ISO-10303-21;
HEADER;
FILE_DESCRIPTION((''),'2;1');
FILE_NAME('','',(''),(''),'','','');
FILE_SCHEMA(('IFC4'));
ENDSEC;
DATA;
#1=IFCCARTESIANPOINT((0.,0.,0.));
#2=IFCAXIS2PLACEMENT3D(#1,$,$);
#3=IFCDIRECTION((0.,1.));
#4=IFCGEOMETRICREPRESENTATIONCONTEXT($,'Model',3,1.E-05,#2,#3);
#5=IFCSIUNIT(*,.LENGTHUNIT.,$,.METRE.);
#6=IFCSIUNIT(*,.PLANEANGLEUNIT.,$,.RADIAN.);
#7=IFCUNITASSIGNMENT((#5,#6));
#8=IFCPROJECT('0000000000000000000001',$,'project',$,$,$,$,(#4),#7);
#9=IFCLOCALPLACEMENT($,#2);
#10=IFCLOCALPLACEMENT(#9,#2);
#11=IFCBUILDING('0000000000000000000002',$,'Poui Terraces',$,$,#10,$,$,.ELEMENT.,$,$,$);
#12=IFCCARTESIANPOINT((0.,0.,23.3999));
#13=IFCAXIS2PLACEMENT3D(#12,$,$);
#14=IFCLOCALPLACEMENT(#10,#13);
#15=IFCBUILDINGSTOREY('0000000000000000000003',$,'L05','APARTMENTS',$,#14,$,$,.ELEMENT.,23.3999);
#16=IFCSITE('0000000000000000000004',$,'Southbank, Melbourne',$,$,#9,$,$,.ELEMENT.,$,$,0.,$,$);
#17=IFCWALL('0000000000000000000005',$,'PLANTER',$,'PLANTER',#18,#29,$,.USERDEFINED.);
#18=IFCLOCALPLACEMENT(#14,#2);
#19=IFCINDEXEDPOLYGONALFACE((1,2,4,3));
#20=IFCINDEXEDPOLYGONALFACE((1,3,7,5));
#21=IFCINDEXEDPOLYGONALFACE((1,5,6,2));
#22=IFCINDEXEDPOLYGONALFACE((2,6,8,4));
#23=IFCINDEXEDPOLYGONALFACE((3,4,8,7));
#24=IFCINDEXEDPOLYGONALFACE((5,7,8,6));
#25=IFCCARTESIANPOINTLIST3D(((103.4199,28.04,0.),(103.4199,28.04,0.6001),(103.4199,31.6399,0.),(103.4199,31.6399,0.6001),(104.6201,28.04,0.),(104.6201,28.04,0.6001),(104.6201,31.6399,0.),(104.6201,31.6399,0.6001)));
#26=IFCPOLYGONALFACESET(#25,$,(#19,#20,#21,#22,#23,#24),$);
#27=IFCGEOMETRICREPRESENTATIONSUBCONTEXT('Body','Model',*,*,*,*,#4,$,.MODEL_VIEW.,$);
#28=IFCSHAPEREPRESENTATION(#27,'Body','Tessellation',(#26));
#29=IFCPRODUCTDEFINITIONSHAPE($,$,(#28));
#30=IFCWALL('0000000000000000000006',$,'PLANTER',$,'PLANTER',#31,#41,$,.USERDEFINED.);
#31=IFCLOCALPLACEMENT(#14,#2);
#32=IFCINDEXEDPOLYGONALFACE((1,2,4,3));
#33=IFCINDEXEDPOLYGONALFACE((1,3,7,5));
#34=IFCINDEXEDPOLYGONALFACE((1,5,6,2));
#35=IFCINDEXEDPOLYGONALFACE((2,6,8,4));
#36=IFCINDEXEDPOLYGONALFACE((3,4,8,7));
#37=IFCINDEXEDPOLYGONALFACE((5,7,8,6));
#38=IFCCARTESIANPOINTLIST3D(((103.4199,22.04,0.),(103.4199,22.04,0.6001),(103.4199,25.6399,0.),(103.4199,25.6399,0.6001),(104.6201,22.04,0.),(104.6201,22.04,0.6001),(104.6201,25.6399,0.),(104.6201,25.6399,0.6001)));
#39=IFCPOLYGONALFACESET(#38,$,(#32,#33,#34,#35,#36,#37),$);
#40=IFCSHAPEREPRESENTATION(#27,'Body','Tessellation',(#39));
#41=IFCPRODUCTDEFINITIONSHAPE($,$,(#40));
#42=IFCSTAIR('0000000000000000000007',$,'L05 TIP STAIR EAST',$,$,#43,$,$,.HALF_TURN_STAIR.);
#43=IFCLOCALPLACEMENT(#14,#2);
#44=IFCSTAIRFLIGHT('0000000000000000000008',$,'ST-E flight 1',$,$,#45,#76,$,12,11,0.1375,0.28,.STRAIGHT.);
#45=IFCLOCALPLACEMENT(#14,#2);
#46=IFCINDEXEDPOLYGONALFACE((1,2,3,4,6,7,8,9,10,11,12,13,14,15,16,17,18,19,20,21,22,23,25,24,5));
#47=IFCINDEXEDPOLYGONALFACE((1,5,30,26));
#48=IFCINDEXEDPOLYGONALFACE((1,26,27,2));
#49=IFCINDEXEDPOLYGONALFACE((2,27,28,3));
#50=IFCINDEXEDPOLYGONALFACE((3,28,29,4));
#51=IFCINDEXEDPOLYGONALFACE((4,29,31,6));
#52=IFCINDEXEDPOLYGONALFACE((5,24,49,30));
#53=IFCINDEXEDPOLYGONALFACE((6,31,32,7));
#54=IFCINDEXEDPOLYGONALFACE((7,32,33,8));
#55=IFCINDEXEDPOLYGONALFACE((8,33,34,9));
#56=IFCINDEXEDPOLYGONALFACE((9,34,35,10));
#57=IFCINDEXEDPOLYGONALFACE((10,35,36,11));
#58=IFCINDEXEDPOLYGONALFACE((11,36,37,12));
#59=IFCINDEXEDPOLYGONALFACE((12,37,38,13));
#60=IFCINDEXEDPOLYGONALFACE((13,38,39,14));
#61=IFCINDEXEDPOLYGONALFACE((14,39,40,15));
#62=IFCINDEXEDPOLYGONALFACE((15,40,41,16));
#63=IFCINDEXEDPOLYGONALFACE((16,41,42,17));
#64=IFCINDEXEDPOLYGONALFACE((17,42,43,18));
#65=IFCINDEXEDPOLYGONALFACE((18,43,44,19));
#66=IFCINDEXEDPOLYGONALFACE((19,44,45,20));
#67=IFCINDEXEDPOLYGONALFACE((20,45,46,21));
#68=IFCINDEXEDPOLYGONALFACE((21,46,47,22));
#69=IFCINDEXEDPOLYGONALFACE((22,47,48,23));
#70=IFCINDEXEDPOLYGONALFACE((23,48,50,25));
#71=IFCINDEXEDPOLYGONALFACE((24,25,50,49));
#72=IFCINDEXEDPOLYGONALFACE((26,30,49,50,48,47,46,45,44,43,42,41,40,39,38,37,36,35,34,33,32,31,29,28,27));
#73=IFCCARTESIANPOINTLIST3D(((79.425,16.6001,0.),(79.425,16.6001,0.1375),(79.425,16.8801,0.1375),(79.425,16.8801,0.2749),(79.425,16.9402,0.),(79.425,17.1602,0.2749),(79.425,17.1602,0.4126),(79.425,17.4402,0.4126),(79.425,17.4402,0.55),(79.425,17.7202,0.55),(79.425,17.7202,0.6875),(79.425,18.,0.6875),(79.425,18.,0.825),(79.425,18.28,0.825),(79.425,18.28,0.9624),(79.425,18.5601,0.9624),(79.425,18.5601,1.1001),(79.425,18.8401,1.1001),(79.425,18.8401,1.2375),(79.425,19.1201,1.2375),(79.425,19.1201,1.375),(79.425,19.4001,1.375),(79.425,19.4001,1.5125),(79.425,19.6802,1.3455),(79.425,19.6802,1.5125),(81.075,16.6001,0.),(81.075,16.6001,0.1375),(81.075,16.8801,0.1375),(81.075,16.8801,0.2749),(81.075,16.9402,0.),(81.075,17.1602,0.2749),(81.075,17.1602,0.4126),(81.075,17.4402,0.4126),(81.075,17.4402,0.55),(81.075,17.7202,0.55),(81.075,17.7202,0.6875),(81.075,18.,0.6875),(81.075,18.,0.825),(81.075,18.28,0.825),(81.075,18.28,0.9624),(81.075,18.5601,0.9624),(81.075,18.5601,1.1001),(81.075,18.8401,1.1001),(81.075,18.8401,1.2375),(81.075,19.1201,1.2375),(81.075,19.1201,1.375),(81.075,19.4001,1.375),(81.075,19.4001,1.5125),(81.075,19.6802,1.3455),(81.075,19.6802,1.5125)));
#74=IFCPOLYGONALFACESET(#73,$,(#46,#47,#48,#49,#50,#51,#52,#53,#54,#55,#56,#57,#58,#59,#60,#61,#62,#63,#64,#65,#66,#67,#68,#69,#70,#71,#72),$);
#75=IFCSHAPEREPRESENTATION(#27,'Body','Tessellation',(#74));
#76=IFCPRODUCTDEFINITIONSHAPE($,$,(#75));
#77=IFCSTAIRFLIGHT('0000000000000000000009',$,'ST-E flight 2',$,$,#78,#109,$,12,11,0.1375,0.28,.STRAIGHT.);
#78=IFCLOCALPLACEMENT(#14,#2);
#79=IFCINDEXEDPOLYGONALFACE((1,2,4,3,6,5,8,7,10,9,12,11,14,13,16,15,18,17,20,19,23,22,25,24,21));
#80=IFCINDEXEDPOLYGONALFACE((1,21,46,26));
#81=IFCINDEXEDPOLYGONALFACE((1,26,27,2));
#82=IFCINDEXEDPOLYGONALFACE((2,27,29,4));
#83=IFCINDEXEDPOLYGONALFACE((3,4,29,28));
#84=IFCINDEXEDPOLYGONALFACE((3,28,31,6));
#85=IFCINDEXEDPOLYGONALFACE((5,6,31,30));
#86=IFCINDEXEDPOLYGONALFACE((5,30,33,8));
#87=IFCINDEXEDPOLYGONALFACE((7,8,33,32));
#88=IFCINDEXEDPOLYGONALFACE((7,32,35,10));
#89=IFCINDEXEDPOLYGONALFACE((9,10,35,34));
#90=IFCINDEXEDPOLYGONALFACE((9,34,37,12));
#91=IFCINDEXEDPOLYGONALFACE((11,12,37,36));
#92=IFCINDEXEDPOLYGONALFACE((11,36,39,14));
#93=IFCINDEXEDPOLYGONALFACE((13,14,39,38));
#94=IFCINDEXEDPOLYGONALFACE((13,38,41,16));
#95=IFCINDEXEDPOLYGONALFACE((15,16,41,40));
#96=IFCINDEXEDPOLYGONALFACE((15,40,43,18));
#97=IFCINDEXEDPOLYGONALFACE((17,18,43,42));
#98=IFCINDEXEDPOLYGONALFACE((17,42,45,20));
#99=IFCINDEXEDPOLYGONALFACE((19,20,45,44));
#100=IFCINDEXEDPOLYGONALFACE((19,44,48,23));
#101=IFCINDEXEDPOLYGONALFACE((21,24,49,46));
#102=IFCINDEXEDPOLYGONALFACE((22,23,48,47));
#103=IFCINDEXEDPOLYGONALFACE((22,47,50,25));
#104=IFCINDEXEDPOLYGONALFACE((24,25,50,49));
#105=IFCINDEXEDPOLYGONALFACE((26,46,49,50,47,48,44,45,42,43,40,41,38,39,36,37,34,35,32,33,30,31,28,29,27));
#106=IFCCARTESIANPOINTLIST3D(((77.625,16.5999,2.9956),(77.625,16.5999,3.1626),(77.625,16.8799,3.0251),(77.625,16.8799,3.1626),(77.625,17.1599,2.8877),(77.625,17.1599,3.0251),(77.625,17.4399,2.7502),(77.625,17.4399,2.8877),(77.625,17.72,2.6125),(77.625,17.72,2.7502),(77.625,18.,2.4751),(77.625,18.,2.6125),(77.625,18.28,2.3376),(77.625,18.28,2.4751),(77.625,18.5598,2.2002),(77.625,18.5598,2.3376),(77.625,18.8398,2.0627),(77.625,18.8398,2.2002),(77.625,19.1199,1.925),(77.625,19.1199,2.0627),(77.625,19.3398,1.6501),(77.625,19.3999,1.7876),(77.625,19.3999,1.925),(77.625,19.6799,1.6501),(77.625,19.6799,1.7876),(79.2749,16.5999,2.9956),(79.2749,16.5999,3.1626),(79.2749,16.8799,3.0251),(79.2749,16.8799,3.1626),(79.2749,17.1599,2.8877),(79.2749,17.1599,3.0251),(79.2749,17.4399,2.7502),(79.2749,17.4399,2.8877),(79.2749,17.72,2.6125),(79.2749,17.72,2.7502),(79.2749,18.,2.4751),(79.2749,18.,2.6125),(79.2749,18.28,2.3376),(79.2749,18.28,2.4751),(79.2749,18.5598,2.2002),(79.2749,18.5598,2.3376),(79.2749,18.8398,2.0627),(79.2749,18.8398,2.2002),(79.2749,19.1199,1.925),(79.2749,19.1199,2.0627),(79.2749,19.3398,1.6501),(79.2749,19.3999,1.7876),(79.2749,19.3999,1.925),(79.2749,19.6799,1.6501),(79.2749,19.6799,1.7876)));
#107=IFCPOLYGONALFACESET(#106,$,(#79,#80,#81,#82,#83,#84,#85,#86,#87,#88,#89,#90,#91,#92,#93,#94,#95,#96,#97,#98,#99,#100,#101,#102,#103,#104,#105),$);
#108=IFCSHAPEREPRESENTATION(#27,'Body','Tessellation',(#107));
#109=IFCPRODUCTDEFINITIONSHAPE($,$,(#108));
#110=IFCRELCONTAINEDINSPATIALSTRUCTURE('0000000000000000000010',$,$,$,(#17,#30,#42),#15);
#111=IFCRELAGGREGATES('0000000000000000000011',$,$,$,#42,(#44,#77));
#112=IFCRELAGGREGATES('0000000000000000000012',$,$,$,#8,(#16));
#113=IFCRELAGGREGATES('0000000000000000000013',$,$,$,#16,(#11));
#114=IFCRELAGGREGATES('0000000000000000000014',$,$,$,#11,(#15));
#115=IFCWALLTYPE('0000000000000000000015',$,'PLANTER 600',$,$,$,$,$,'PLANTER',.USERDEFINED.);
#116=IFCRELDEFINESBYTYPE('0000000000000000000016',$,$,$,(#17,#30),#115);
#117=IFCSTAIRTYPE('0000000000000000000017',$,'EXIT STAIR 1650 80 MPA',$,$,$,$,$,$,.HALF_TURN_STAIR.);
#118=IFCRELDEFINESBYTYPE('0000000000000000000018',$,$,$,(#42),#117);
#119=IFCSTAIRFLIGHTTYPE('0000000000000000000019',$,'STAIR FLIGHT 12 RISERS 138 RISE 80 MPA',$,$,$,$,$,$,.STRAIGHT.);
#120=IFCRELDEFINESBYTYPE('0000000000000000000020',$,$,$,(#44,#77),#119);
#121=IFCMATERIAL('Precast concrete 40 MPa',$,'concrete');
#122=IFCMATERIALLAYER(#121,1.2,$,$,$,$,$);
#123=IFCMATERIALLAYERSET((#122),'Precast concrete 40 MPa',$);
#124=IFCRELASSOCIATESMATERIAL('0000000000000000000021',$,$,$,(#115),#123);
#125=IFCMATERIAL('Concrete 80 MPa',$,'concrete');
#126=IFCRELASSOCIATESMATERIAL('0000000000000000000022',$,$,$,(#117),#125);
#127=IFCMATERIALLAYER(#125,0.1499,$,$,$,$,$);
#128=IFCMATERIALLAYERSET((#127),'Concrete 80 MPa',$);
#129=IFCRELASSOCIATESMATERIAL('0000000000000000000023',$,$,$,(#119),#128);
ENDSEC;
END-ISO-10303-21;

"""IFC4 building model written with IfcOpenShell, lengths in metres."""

from ifc_helpers import new_model, si_unit, direction, frame, origin, place, context, subcontext, project, spatial, polyline, outline, extrude, source, transform, mapped, material, layer, layer_set, type_object, element, aggregate, save


model = new_model("IFC4")

# Units and contexts
model_context = context("Model", 3, precision=1e-05, world=origin(), true_north=direction((0.0, 1.0)))
body_context = subcontext(model_context, "Body", "Model", "MODEL_VIEW")
ifc_project = project(units=[si_unit("LENGTHUNIT", "METRE"), si_unit("PLANEANGLEUNIT", "RADIAN")], contexts=[model_context])

# Site, building, storey
site_placement = place(None, origin())
site = spatial("IfcSite", under=ifc_project, at=site_placement, Name="Southbank, Melbourne", CompositionType="ELEMENT", RefElevation=0.0)
building_placement = place(site_placement, origin())
building = spatial("IfcBuilding", under=site, at=building_placement, Name="Poui Terraces", CompositionType="ELEMENT")
storey_placement = place(building_placement, frame((0.0, 0.0, 23.3999)))
storey = spatial("IfcBuildingStorey", under=building, at=storey_placement, Name="L05", Description="APARTMENTS", CompositionType="ELEMENT", Elevation=23.3999)

# Shared definitions
ifc_material_1 = material(Name="Concrete 80 MPa", Category="concrete")

# Walls
ifc_material_2 = material(Name="Precast concrete 40 MPa", Category="concrete")
ifc_layer_1 = layer(ifc_material_2, 1.2)
ifc_layer_set_1 = layer_set([ifc_layer_1], Name="Precast concrete 40 MPa")
wall_type_1 = type_object("IfcWallType", Name="PLANTER 600", ElementType="PLANTER", PredefinedType="USERDEFINED", material=ifc_layer_set_1)
shared_shape_1 = source(origin(), body_context, "Body", "SweptSolid", [
    extrude(outline(polyline([(0.0, 0.0), (1.2002, 0.0), (1.2002, 3.5999), (0.0, 3.5999), (0.0, 0.0)])), origin(), (0.0, 0.0, 1.0), 0.6001),
])
for number, where, name in (
    (1, (103.4199, 28.04, 0.0), "PLANTER"),
    (2, (103.4199, 22.04, 0.0), "PLANTER"),
):
    element("IfcWall", number, at=place(storey_placement, frame(where)), inside=storey, type_object=wall_type_1, Name=name, ObjectType="PLANTER", PredefinedType="USERDEFINED", context=body_context, shape_type="MappedRepresentation", body=[
        mapped(shared_shape_1, transform((0.0, 0.0, 0.0))),
    ])

# Stair, stair flights
stair_type = type_object("IfcStairType", Name="EXIT STAIR 1650 80 MPA", PredefinedType="HALF_TURN_STAIR", material=ifc_material_1)
stair_placement = place(storey_placement, origin())
stair = element("IfcStair", 3, at=stair_placement, inside=storey, type_object=stair_type, Name="L05 TIP STAIR EAST", PredefinedType="HALF_TURN_STAIR")
ifc_layer_2 = layer(ifc_material_1, 0.1499)
ifc_layer_set_2 = layer_set([ifc_layer_2], Name="Concrete 80 MPa")
stair_flight_type = type_object("IfcStairFlightType", Name="STAIR FLIGHT 12 RISERS 138 RISE 80 MPA", PredefinedType="STRAIGHT", material=ifc_layer_set_2)
stair_flight_1_placement = place(storey_placement, frame((80.25, 16.6001, 0.0), z_axis=(0.0, 0.0, 1.0), x_axis=(0.0, 1.0, 0.0)))
stair_flight_1 = element("IfcStairFlight", 4, at=stair_flight_1_placement, type_object=stair_flight_type, Name="ST-E flight 1", NumberOfRisers=12, NumberOfTreads=11, PredefinedType="STRAIGHT", RiserHeight=0.1375, TreadLength=0.28, context=body_context, shape_type="SweptSolid", body=[
    extrude(outline(polyline([(0.0, 0.0), (0.0, 0.1375), (0.28, 0.1375), (0.28, 0.2749), (0.5601, 0.2749), (0.5601, 0.4126), (0.8401, 0.4126), (0.8401, 0.55), (1.1201, 0.55), (1.1201, 0.6875), (1.3999, 0.6875), (1.3999, 0.825), (1.6799, 0.825), (1.6799, 0.9624), (1.96, 0.9624), (1.96, 1.1001), (2.24, 1.1001), (2.24, 1.2375), (2.52, 1.2375), (2.52, 1.375), (2.8, 1.375), (2.8, 1.5125), (3.0801, 1.5125), (3.0801, 1.6499), (3.0801, 1.3455), (0.3401, 0.0), (0.0, 0.0)])), frame((0.0, 0.825, 0.0), z_axis=(0.0, -1.0, 0.0), x_axis=(1.0, 0.0, 0.0)), (0.0, 0.0, 1.0), 1.6499),
])
stair_flight_2_placement = place(storey_placement, frame((78.45, 19.6799, 1.6501), z_axis=(0.0, 0.0, 1.0), x_axis=(0.0, -1.0, 0.0)))
stair_flight_2 = element("IfcStairFlight", 5, at=stair_flight_2_placement, type_object=stair_flight_type, Name="ST-E flight 2", NumberOfRisers=12, NumberOfTreads=11, PredefinedType="STRAIGHT", RiserHeight=0.1375, TreadLength=0.28, context=body_context, shape_type="SweptSolid", body=[
    extrude(outline(polyline([(0.0, 0.0), (0.0, 0.1375), (0.28, 0.1375), (0.28, 0.2749), (0.5601, 0.2749), (0.5601, 0.4126), (0.8401, 0.4126), (0.8401, 0.55), (1.1201, 0.55), (1.1201, 0.6875), (1.3999, 0.6875), (1.3999, 0.825), (1.6799, 0.825), (1.6799, 0.9624), (1.96, 0.9624), (1.96, 1.1001), (2.24, 1.1001), (2.24, 1.2375), (2.52, 1.2375), (2.52, 1.375), (2.8, 1.375), (2.8, 1.5125), (3.0801, 1.5125), (3.0801, 1.6499), (3.0801, 1.3455), (0.3401, 0.0), (0.0, 0.0)])), frame((0.0, 0.825, 0.0), z_axis=(0.0, -1.0, 0.0), x_axis=(1.0, 0.0, 0.0)), (0.0, 0.0, 1.0), 1.6499),
])
aggregate(stair, [stair_flight_1, stair_flight_2])

save(model, "model.ifc")
